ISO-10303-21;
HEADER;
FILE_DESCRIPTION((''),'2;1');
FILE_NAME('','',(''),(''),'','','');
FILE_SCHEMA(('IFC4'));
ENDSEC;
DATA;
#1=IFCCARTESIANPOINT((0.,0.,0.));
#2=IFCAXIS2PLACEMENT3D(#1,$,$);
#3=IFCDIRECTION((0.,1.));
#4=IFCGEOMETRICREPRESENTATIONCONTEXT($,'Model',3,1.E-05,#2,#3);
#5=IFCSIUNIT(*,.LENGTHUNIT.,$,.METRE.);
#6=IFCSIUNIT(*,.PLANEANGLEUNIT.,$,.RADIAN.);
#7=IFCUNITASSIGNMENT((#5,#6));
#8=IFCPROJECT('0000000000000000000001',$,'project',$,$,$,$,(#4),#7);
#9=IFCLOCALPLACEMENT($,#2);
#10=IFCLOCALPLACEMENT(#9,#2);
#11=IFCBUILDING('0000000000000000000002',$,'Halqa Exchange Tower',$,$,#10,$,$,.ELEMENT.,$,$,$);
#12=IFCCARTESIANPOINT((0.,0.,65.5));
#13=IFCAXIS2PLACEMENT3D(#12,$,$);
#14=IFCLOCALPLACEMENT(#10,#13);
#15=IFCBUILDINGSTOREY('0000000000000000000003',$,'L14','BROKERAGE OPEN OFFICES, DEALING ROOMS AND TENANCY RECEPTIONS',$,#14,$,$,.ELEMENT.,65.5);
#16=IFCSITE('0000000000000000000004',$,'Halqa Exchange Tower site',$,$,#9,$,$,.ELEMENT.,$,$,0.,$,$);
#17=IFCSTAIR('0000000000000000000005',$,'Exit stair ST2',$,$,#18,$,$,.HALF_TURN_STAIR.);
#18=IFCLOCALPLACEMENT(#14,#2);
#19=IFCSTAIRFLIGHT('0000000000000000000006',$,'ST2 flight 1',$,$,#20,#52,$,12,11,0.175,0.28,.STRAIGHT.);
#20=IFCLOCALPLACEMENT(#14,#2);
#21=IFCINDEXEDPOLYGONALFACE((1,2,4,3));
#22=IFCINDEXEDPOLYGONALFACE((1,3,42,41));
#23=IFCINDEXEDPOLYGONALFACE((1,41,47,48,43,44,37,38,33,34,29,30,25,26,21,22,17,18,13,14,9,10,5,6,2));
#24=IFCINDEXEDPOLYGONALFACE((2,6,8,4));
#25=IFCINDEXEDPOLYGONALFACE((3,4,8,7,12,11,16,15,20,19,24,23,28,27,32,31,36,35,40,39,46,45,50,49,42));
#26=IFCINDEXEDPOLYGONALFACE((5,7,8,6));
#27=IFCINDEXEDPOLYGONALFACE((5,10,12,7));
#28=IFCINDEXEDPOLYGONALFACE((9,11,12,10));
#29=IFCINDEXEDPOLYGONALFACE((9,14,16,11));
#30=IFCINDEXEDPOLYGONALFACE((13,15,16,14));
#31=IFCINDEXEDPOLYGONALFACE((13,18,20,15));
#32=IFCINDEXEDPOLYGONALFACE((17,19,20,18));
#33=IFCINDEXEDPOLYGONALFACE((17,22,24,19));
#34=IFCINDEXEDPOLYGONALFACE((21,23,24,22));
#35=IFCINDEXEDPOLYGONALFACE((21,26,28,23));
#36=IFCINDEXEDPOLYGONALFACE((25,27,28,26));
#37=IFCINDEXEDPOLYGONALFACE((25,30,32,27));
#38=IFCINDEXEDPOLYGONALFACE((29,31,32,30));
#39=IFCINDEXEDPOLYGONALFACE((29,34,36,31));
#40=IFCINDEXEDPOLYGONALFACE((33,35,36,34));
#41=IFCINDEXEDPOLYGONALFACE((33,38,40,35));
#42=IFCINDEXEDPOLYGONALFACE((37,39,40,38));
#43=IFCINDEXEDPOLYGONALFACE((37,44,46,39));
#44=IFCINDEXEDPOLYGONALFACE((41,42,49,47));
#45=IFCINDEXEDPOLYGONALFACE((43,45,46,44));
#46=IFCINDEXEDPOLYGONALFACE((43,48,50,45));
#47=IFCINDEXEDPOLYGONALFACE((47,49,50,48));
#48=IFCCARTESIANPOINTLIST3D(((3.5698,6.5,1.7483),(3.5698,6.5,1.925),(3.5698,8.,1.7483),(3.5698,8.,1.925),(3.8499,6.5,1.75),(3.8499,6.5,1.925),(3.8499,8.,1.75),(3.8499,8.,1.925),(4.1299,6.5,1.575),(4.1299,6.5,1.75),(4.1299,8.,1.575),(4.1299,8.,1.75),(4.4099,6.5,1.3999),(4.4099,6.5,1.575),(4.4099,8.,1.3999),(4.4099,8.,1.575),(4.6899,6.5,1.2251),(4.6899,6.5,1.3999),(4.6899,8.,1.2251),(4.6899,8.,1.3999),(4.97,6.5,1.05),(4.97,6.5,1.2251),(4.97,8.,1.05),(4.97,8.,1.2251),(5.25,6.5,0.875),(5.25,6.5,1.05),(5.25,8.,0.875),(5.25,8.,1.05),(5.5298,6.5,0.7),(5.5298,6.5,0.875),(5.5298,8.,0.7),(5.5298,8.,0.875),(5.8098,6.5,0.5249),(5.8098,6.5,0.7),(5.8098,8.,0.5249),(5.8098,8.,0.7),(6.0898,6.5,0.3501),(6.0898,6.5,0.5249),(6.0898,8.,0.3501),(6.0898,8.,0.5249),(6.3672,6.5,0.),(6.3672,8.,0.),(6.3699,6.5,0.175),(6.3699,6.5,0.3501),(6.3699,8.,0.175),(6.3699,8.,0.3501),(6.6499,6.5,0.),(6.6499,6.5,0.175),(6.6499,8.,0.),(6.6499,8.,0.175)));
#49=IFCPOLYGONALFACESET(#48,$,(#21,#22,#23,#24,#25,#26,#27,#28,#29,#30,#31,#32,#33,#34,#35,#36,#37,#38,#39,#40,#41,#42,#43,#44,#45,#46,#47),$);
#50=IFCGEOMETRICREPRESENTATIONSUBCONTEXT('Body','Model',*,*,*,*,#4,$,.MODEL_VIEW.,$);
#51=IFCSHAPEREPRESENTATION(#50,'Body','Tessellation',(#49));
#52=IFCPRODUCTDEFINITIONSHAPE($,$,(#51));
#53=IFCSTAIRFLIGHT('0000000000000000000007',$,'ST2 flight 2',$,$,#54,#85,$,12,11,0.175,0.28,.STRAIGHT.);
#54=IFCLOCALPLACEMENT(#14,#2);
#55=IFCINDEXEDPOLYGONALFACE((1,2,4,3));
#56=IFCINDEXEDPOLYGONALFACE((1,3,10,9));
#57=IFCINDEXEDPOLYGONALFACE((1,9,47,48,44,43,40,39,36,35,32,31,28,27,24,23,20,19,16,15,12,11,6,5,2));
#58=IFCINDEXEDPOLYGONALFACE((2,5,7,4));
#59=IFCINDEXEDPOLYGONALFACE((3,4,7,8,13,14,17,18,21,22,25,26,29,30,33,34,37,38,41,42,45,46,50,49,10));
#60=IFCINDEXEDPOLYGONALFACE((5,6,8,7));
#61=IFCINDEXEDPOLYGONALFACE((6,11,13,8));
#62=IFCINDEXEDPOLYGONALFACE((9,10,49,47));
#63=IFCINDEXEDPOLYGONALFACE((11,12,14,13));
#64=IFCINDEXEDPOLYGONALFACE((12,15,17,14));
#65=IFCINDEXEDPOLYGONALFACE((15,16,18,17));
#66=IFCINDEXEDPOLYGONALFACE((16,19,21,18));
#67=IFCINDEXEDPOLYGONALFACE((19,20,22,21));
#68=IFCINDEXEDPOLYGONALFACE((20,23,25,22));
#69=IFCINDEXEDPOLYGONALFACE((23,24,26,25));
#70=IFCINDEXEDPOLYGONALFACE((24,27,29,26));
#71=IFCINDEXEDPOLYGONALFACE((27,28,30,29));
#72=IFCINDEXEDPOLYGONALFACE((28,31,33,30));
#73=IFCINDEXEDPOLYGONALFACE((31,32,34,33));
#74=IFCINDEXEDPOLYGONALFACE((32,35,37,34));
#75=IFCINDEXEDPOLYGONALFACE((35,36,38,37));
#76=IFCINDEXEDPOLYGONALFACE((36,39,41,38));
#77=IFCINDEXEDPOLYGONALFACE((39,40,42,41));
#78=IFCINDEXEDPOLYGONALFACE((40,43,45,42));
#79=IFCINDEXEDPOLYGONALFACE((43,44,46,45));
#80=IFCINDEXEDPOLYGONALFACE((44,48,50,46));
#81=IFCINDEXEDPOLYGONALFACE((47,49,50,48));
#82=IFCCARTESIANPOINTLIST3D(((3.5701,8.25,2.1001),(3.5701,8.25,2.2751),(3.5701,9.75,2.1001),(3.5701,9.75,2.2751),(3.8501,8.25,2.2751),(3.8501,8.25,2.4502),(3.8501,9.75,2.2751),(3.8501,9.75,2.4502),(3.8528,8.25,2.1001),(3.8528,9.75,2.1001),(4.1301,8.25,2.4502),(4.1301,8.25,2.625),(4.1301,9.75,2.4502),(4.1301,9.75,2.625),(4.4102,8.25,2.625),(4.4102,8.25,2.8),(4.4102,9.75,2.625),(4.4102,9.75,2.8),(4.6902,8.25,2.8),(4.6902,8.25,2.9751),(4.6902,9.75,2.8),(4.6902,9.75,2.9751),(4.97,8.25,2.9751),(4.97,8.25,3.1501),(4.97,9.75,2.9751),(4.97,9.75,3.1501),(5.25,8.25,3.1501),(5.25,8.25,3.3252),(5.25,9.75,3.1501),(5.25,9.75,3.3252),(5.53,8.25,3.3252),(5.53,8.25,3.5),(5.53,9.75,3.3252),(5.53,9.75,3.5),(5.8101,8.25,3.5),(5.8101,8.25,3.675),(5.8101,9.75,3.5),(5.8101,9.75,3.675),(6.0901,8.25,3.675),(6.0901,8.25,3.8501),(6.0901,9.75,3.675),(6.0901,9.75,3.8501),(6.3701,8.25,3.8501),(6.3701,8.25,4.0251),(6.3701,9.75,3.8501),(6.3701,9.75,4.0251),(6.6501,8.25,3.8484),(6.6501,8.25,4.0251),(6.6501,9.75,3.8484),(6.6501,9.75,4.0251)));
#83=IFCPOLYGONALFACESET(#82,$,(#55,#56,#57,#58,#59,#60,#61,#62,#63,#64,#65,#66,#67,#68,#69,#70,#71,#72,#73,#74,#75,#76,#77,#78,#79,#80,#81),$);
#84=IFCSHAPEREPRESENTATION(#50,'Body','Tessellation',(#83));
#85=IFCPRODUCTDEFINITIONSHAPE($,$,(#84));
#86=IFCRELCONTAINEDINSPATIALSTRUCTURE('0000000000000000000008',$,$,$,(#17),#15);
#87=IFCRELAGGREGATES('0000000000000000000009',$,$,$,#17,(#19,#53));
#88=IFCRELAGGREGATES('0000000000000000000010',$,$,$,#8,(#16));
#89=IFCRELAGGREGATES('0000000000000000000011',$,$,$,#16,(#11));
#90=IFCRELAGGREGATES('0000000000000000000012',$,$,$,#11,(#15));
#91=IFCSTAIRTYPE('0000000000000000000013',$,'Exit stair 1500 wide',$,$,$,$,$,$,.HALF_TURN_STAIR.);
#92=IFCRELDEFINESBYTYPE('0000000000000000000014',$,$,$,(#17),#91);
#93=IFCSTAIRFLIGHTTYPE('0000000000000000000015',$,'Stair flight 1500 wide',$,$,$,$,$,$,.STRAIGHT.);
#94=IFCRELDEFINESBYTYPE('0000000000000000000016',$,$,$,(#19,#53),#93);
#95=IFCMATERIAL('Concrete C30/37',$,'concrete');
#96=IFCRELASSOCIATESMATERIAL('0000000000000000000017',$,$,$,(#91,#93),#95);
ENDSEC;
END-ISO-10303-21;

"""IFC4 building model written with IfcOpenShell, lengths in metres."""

from ifc_helpers import new_model, si_unit, direction, frame, origin, place, context, subcontext, project, spatial, polyline, outline, extrude, material, type_object, element, aggregate, save


model = new_model("IFC4")

# Units and contexts
model_context = context("Model", 3, precision=1e-05, world=origin(), true_north=direction((0.0, 1.0)))
body_context = subcontext(model_context, "Body", "Model", "MODEL_VIEW")
ifc_project = project(units=[si_unit("LENGTHUNIT", "METRE"), si_unit("PLANEANGLEUNIT", "RADIAN")], contexts=[model_context])

# Site, building, storey
site_placement = place(None, origin())
site = spatial("IfcSite", under=ifc_project, at=site_placement, Name="Halqa Exchange Tower site", CompositionType="ELEMENT", RefElevation=0.0)
building_placement = place(site_placement, origin())
building = spatial("IfcBuilding", under=site, at=building_placement, Name="Halqa Exchange Tower", CompositionType="ELEMENT")
storey_placement = place(building_placement, frame((0.0, 0.0, 65.5)))
storey = spatial("IfcBuildingStorey", under=building, at=storey_placement, Name="L14", Description="BROKERAGE OPEN OFFICES, DEALING ROOMS AND TENANCY RECEPTIONS", CompositionType="ELEMENT", Elevation=65.5)

# Stair
ifc_material_1 = material(Name="Concrete C30/37", Category="concrete")
stair_type = type_object("IfcStairType", Name="Exit stair 1500 wide", PredefinedType="HALF_TURN_STAIR", material=ifc_material_1)
stair_1_placement = place(storey_placement, origin())
stair_1 = element("IfcStair", 1, at=stair_1_placement, inside=storey, type_object=stair_type, Name="Exit stair ST2", PredefinedType="HALF_TURN_STAIR")

# Stair flights
stair_flight_type = type_object("IfcStairFlightType", Name="Stair flight 1500 wide", PredefinedType="STRAIGHT", material=ifc_material_1)
stair_flight_1_placement = place(storey_placement, frame((6.6499, 7.25, 0.0), z_axis=(0.0, 0.0, 1.0), x_axis=(-1.0, 0.0, 0.0)))
stair_flight_1 = element("IfcStairFlight", 2, at=stair_flight_1_placement, type_object=stair_flight_type, Name="ST2 flight 1", NumberOfRisers=12, NumberOfTreads=11, PredefinedType="STRAIGHT", RiserHeight=0.175, TreadLength=0.28, context=body_context, shape_type="SweptSolid", body=[
    extrude(outline(polyline([(0.0, 0.0), (0.0, 0.175), (0.28, 0.175), (0.28, 0.3501), (0.5601, 0.3501), (0.5601, 0.5249), (0.8401, 0.5249), (0.8401, 0.7), (1.1201, 0.7), (1.1201, 0.875), (1.3999, 0.875), (1.3999, 1.05), (1.6799, 1.05), (1.6799, 1.2251), (1.96, 1.2251), (1.96, 1.3999), (2.24, 1.3999), (2.24, 1.575), (2.52, 1.575), (2.52, 1.75), (2.8, 1.75), (2.8, 1.925), (3.0801, 1.925), (3.0801, 2.1001), (3.0801, 1.7483), (0.2827, 0.0), (0.0, 0.0)])), frame((0.0, 0.75, 0.0), z_axis=(0.0, -1.0, 0.0), x_axis=(1.0, 0.0, 0.0)), (0.0, 0.0, 1.0), 1.5),
])
stair_flight_2_placement = place(storey_placement, frame((3.5701, 9.0, 2.1001), z_axis=(0.0, 0.0, 1.0), x_axis=(1.0, 0.0, 0.0)))
stair_flight_2 = element("IfcStairFlight", 3, at=stair_flight_2_placement, type_object=stair_flight_type, Name="ST2 flight 2", NumberOfRisers=12, NumberOfTreads=11, PredefinedType="STRAIGHT", RiserHeight=0.175, TreadLength=0.28, context=body_context, shape_type="SweptSolid", body=[
    extrude(outline(polyline([(0.0, 0.0), (0.0, 0.175), (0.28, 0.175), (0.28, 0.3501), (0.5601, 0.3501), (0.5601, 0.5249), (0.8401, 0.5249), (0.8401, 0.7), (1.1201, 0.7), (1.1201, 0.875), (1.3999, 0.875), (1.3999, 1.05), (1.6799, 1.05), (1.6799, 1.2251), (1.96, 1.2251), (1.96, 1.3999), (2.24, 1.3999), (2.24, 1.575), (2.52, 1.575), (2.52, 1.75), (2.8, 1.75), (2.8, 1.925), (3.0801, 1.925), (3.0801, 2.1001), (3.0801, 1.7483), (0.2827, 0.0), (0.0, 0.0)])), frame((0.0, 0.75, 0.0), z_axis=(0.0, -1.0, 0.0), x_axis=(1.0, 0.0, 0.0)), (0.0, 0.0, 1.0), 1.5),
])
aggregate(stair_1, [stair_flight_1, stair_flight_2])

save(model, "model.ifc")
